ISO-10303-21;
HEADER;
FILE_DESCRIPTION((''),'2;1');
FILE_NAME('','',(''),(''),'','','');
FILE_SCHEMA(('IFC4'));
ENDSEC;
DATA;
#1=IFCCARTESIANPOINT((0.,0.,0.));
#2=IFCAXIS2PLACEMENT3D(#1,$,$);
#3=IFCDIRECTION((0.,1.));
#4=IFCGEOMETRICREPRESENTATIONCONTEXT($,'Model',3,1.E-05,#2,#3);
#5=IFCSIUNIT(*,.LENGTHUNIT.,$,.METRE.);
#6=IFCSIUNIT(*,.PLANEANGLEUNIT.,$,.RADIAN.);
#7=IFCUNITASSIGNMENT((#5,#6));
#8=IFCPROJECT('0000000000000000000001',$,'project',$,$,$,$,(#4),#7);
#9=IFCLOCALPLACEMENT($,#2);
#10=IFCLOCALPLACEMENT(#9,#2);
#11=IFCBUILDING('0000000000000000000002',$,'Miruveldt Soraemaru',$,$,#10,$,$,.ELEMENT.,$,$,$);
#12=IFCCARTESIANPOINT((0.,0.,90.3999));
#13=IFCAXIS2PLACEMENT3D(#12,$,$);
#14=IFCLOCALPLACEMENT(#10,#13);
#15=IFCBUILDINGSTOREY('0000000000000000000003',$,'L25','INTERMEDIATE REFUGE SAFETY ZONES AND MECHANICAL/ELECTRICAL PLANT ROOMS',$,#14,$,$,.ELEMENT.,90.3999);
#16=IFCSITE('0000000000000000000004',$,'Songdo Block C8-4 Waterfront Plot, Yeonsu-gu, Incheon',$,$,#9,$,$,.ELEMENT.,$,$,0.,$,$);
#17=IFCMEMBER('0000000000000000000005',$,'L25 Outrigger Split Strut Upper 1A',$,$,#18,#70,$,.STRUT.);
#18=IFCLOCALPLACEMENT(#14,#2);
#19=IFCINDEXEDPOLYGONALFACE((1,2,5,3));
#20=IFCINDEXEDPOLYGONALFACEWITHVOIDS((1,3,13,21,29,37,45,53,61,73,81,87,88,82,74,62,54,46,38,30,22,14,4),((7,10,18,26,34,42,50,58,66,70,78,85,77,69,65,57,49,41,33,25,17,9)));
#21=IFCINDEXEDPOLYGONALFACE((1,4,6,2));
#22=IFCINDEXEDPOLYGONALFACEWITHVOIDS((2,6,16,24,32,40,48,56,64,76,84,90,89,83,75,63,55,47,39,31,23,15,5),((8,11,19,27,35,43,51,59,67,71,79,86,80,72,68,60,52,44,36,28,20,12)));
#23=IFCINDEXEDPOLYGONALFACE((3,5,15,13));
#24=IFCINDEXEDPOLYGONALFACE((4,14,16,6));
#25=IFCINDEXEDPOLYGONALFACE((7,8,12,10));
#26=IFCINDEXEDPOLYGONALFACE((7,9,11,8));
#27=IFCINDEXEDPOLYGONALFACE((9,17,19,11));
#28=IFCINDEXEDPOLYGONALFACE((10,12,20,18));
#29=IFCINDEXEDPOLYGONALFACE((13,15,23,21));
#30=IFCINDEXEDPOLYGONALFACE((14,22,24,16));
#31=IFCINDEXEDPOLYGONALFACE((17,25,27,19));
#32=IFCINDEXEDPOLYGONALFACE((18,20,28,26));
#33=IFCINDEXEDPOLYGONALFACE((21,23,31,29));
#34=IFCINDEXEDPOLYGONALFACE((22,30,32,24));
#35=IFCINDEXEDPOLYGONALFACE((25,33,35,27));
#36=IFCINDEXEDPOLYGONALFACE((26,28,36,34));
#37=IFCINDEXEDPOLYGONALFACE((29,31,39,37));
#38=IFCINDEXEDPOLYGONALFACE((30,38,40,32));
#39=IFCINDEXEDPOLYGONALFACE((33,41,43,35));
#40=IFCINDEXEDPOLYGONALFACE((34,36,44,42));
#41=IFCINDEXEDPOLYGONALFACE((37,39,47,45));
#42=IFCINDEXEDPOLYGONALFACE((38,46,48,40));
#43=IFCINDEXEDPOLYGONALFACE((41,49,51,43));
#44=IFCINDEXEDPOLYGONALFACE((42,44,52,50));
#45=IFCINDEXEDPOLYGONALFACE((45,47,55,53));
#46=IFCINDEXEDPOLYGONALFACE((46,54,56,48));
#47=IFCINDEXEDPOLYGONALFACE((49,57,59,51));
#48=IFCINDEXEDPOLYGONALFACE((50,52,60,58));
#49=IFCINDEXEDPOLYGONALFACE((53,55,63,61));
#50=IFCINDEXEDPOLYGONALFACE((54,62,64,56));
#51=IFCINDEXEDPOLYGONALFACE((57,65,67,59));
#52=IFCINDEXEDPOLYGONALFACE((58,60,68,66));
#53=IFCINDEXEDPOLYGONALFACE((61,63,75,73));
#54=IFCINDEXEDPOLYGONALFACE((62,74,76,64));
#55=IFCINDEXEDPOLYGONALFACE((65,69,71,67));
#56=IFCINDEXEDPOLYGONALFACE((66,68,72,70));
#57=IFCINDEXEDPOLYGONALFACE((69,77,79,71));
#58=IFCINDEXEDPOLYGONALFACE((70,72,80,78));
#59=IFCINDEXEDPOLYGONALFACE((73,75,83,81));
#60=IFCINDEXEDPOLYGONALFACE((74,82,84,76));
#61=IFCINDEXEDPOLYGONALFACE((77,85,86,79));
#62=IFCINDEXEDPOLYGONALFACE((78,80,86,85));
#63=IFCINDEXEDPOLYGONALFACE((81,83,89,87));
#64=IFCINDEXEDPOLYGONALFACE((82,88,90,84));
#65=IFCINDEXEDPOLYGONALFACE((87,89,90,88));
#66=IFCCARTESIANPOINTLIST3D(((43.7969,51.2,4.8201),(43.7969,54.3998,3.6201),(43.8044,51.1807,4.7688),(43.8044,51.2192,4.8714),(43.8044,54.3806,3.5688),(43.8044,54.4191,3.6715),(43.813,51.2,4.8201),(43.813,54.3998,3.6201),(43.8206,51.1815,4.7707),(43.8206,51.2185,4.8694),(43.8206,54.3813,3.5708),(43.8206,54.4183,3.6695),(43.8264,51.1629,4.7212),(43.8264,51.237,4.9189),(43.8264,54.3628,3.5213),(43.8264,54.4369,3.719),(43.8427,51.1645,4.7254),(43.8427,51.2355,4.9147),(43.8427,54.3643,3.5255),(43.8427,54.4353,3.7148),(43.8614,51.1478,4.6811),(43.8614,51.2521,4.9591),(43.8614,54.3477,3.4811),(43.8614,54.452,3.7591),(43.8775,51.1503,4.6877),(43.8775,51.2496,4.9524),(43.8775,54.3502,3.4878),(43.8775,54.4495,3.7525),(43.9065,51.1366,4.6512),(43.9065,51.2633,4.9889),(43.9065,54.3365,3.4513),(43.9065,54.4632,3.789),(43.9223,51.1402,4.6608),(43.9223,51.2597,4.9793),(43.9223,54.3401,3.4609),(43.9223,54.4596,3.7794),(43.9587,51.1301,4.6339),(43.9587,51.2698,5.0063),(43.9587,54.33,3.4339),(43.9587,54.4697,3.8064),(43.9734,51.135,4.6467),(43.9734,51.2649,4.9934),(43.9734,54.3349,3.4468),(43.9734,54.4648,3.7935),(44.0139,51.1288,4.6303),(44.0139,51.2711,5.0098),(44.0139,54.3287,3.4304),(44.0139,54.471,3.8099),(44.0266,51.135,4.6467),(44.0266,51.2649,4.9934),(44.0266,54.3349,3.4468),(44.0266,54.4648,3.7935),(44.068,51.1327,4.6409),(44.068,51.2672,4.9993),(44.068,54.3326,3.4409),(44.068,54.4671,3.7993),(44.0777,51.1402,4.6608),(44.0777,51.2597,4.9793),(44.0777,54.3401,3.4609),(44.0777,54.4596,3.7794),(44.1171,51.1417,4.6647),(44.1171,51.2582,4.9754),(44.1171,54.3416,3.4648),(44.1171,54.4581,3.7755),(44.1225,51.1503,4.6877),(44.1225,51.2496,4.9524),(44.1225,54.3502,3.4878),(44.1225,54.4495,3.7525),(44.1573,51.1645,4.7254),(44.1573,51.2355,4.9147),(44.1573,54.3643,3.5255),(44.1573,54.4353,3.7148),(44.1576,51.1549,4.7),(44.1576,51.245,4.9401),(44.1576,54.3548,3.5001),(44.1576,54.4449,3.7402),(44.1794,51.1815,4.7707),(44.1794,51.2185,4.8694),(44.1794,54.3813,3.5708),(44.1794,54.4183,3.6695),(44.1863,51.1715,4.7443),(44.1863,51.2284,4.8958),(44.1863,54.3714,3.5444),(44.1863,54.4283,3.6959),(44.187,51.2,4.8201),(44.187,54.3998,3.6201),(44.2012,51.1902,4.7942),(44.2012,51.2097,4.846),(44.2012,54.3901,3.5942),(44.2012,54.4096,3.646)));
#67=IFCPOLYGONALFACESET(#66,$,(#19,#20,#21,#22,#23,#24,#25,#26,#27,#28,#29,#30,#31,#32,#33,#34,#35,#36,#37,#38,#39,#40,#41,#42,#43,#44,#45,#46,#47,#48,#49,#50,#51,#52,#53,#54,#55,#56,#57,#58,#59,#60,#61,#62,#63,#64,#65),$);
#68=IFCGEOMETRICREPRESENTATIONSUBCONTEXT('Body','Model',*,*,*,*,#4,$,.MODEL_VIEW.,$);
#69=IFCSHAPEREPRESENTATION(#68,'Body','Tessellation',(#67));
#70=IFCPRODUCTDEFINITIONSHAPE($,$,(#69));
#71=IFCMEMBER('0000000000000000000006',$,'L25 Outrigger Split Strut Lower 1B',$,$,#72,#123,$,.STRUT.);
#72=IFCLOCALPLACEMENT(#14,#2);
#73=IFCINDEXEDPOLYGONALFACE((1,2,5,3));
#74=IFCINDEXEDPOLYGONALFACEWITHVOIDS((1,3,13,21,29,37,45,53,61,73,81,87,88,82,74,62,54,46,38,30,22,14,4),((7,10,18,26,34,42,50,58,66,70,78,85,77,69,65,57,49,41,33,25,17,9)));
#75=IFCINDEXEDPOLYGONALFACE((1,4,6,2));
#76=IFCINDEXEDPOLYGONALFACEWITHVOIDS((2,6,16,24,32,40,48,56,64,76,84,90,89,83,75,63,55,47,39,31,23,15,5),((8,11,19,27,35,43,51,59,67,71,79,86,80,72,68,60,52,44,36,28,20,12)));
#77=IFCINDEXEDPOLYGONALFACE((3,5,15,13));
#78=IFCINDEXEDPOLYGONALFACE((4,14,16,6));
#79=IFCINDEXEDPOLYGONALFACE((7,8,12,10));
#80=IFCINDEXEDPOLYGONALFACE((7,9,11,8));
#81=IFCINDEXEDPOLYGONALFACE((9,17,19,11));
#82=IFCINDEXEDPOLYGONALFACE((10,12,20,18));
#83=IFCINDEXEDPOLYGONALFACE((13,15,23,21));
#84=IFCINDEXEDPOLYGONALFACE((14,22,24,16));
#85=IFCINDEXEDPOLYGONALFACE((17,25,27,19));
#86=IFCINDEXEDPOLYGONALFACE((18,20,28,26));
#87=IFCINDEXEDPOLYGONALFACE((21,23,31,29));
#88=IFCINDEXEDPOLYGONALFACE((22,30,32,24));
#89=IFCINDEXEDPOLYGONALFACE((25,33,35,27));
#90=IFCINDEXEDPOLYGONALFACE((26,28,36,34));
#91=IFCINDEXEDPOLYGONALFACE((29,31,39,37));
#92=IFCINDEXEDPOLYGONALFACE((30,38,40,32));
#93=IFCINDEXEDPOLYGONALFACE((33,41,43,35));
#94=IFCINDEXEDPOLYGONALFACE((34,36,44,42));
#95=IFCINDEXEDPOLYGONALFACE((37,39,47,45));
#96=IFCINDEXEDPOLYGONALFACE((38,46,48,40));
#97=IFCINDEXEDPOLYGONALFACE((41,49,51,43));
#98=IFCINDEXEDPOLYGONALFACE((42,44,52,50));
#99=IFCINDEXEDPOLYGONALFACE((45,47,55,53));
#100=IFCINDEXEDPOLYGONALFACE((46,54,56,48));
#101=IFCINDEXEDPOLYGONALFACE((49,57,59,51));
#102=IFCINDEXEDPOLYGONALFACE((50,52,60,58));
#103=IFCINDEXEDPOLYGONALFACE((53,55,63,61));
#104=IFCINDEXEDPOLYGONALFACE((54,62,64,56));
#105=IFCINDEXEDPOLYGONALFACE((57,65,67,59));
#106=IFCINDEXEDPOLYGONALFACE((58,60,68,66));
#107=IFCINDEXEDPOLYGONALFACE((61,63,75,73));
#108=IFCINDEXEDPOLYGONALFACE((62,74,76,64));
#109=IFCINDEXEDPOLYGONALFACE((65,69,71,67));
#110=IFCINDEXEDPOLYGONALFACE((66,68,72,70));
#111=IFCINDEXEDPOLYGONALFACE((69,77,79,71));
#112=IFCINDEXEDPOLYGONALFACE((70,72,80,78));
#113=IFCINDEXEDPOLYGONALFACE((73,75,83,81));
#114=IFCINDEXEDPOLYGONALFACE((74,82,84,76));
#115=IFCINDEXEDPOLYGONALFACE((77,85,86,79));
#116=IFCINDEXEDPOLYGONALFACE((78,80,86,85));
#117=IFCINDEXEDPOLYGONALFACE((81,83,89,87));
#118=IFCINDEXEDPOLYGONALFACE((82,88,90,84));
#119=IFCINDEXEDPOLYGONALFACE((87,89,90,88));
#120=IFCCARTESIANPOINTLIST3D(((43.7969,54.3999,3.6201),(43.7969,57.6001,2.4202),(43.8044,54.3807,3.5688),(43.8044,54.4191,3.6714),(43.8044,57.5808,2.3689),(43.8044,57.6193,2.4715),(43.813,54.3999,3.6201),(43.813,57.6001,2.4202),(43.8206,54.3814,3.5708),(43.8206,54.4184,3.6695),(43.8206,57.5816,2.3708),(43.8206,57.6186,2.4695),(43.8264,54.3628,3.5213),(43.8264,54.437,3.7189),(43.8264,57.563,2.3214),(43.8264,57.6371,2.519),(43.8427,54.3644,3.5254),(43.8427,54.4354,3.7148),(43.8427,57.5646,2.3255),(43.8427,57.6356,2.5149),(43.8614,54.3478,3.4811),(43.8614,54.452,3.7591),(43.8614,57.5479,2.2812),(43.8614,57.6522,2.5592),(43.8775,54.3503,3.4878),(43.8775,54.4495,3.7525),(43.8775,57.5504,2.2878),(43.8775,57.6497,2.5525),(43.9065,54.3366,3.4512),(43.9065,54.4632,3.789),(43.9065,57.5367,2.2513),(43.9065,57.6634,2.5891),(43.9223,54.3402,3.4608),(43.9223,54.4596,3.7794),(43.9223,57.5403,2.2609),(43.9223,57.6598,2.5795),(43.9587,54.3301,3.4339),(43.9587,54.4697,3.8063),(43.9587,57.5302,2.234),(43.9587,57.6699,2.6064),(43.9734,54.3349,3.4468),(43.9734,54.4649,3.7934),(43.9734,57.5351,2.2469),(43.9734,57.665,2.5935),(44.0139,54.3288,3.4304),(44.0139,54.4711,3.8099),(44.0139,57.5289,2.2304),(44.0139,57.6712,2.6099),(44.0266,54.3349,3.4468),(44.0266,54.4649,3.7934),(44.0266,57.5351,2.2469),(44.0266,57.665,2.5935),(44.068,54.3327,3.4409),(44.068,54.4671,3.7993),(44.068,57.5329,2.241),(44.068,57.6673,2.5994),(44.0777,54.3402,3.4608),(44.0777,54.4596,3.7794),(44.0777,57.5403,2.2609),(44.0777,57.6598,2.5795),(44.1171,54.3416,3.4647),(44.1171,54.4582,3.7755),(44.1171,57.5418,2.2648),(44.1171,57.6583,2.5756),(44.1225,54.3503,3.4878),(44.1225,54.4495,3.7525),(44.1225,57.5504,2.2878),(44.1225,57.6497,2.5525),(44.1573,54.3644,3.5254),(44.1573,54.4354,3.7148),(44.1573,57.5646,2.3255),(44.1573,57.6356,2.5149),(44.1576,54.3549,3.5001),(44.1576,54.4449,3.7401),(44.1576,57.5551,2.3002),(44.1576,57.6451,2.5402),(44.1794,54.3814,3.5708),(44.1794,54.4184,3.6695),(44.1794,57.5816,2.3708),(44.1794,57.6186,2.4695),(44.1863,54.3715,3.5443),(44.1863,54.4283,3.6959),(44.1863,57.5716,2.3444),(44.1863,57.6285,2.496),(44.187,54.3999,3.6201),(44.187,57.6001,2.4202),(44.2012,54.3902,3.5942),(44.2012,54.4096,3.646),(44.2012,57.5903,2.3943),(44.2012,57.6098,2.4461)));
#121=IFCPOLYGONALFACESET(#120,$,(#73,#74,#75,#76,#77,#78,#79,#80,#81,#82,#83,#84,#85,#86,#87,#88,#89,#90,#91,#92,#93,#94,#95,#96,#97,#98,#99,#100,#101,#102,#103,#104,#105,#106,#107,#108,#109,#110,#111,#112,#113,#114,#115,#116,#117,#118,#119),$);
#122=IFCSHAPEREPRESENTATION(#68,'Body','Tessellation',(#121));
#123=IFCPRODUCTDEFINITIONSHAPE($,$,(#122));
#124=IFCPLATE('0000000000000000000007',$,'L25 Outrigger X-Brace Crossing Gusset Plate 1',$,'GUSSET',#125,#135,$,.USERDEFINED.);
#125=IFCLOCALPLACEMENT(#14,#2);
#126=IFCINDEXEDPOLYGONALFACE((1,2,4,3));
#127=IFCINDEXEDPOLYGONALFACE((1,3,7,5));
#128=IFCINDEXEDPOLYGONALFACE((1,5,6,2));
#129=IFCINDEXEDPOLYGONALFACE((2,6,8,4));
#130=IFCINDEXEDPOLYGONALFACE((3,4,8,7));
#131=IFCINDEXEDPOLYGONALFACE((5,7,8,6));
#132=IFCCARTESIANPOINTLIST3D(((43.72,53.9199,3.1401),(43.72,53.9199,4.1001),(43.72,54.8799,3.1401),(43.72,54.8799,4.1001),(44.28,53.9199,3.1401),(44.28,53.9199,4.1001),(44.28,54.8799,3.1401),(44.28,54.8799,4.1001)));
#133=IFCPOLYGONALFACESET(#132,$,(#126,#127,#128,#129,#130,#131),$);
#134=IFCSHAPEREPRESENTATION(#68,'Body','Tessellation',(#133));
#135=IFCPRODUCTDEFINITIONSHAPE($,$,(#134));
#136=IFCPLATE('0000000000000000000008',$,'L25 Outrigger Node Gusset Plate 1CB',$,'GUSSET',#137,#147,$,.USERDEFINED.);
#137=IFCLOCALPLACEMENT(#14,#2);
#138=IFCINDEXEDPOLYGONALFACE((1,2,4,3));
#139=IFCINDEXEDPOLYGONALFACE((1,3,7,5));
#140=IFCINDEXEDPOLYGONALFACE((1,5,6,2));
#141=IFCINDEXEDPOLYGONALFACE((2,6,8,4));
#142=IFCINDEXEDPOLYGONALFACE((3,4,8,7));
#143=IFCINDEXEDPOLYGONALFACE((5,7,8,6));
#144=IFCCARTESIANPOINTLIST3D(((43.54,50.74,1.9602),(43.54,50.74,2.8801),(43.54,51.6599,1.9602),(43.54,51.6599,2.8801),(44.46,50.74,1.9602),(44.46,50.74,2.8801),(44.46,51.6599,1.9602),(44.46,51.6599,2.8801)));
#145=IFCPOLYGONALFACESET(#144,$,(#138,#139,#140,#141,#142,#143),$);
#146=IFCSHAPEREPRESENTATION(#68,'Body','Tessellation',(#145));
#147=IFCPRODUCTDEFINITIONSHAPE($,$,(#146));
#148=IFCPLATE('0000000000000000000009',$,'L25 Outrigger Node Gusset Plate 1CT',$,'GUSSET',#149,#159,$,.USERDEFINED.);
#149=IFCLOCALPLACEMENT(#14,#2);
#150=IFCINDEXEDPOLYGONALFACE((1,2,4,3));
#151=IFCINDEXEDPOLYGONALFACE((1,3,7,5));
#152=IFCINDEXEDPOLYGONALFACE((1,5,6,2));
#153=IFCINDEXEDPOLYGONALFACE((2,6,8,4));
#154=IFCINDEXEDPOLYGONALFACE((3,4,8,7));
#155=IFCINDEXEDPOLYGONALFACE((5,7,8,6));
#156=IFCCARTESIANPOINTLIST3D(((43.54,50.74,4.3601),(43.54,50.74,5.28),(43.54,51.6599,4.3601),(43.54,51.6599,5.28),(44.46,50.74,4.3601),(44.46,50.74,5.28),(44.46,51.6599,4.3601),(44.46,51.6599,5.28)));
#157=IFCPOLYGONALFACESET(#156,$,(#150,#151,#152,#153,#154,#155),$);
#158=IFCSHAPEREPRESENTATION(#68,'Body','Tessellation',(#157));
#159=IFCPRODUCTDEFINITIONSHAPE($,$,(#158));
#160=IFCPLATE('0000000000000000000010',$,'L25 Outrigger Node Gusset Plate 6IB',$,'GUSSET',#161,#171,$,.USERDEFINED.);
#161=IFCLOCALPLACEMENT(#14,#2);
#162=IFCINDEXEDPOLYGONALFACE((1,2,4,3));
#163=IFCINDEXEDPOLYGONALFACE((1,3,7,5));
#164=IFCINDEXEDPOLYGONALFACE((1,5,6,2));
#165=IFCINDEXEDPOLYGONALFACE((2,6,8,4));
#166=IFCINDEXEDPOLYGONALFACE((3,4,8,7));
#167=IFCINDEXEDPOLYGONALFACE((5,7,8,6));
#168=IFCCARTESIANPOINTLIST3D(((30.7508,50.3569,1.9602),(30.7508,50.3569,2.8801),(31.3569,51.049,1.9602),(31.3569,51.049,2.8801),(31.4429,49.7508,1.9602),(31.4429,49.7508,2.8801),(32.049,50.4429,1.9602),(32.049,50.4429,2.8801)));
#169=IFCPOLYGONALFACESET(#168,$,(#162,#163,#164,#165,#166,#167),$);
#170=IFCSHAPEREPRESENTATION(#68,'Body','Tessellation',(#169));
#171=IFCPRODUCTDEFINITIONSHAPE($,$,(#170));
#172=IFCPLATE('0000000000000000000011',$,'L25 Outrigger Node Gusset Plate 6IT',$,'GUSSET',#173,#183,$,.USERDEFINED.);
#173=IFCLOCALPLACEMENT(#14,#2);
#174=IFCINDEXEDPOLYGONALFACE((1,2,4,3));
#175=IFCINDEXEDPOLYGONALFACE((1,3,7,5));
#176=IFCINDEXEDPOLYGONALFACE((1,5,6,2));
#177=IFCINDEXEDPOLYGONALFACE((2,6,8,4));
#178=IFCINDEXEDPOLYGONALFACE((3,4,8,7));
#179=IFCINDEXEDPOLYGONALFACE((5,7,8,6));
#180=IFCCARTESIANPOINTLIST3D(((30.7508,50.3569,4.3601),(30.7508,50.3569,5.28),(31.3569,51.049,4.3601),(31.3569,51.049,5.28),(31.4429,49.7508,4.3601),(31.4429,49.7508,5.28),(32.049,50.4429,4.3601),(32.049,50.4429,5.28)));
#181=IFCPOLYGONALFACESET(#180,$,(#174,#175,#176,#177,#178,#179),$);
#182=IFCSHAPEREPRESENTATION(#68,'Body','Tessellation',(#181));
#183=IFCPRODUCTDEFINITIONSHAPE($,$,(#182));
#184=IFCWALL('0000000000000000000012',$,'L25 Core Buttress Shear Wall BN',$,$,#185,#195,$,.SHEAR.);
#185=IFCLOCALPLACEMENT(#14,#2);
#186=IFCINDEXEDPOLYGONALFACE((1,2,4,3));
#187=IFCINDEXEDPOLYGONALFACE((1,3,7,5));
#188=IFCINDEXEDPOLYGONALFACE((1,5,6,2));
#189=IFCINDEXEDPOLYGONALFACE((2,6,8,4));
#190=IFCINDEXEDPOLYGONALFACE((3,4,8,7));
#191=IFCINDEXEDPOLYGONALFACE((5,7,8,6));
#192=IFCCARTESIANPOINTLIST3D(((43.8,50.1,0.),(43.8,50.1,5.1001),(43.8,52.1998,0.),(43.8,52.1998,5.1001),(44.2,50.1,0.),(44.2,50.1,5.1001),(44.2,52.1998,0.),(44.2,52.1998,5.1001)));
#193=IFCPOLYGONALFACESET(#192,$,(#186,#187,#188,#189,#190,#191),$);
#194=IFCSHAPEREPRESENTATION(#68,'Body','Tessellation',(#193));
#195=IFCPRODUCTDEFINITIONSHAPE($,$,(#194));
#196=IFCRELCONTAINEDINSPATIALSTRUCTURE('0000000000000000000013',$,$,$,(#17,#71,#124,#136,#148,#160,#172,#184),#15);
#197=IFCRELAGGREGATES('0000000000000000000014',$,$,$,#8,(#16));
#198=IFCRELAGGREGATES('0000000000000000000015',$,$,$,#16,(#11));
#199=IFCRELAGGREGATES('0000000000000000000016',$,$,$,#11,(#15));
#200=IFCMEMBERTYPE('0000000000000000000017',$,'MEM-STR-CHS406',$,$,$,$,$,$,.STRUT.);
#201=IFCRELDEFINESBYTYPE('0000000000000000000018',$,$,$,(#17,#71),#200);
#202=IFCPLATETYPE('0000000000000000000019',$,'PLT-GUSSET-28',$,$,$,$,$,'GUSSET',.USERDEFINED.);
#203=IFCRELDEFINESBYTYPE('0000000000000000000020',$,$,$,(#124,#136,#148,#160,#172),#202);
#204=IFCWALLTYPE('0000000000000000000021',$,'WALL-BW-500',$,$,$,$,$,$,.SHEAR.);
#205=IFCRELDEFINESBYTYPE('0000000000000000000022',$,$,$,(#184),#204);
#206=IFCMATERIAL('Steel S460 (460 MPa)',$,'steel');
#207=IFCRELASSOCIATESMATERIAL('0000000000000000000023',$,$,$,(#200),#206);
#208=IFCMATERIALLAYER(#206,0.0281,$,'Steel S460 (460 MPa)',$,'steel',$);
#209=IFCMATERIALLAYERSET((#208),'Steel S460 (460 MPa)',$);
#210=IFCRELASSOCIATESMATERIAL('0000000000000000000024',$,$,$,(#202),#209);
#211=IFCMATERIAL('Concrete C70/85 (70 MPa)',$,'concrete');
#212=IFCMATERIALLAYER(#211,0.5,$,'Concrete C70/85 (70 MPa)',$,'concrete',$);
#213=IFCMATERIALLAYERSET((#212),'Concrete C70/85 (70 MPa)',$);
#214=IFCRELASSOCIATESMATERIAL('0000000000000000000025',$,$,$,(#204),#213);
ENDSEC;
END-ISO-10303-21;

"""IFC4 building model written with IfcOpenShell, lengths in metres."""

from ifc_helpers import new_model, si_unit, direction, frame, frame_2d, origin, origin_2d, place, context, subcontext, project, spatial, rectangle, hollow_circle, extrude, material, layer, layer_set, material_profile, profile_set, type_object, element, save


model = new_model("IFC4")

# Units and contexts
model_context = context("Model", 3, precision=1e-05, world=origin(), true_north=direction((0.0, 1.0)))
body_context = subcontext(model_context, "Body", "Model", "MODEL_VIEW")
ifc_project = project(units=[si_unit("LENGTHUNIT", "METRE"), si_unit("PLANEANGLEUNIT", "RADIAN")], contexts=[model_context])

# Site, building, storey
site_placement = place(None, origin())
site = spatial("IfcSite", under=ifc_project, at=site_placement, Name="Songdo Block C8-4 Waterfront Plot, Yeonsu-gu, Incheon", CompositionType="ELEMENT", RefElevation=0.0)
building_placement = place(site_placement, origin())
building = spatial("IfcBuilding", under=site, at=building_placement, Name="Miruveldt Soraemaru", CompositionType="ELEMENT")
storey_placement = place(building_placement, frame((0.0, 0.0, 90.3999)))
storey = spatial("IfcBuildingStorey", under=building, at=storey_placement, Name="L25", Description="INTERMEDIATE REFUGE SAFETY ZONES AND MECHANICAL/ELECTRICAL PLANT ROOMS", CompositionType="ELEMENT", Elevation=90.3999)

# Shared definitions
ifc_material_1 = material(Name="Concrete C70/85 (70 MPa)", Category="concrete")

# Members
ifc_material_2 = material(Name="Steel S460 (460 MPa)", Category="steel")
ifc_material_profile_1 = material_profile(ifc_material_2, hollow_circle(Radius=0.2031, WallThickness=0.0161, at=origin_2d()), Name="Steel S460 (460 MPa)", Category="steel")
ifc_profile_set_1 = profile_set([ifc_material_profile_1], Name="Steel S460 (460 MPa)")
member_type_1 = type_object("IfcMemberType", Name="MEM-STR-CHS406", PredefinedType="STRUT", material=ifc_profile_set_1)
member_1_placement = place(storey_placement, frame((44.0, 51.2, 4.8201), z_axis=(0.0, 0.936332, -0.351116), x_axis=(-1.0, 0.0, 0.0)))
element("IfcMember", 1, at=member_1_placement, inside=storey, type_object=member_type_1, Name="L25 Outrigger Split Strut Upper 1A", PredefinedType="STRUT", context=body_context, shape_type="SweptSolid", body=[
    extrude(hollow_circle(Radius=0.2031, WallThickness=0.0161, at=origin_2d()), origin(), (0.0, 0.0, 1.0), 3.4175),
])
member_2_placement = place(storey_placement, frame((44.0, 54.3999, 3.6201), z_axis=(0.0, 0.936341, -0.351092), x_axis=(-1.0, 0.0, 0.0)))
element("IfcMember", 2, at=member_2_placement, inside=storey, type_object=member_type_1, Name="L25 Outrigger Split Strut Lower 1B", PredefinedType="STRUT", context=body_context, shape_type="SweptSolid", body=[
    extrude(hollow_circle(Radius=0.2031, WallThickness=0.0161, at=origin_2d()), origin(), (0.0, 0.0, 1.0), 3.4177),
])

# Plates
ifc_layer_1 = layer(ifc_material_2, 0.0281, Name="Steel S460 (460 MPa)", Category="steel")
ifc_layer_set_1 = layer_set([ifc_layer_1], Name="Steel S460 (460 MPa)")
plate_type = type_object("IfcPlateType", Name="PLT-GUSSET-28", ElementType="GUSSET", PredefinedType="USERDEFINED", material=ifc_layer_set_1)
plate_placement = place(storey_placement, frame((44.0, 54.3999, 3.1401), z_axis=(0.0, 0.0, 1.0), x_axis=(0.0, 1.0, 0.0)))
element("IfcPlate", 3, at=plate_placement, inside=storey, type_object=plate_type, Name="L25 Outrigger X-Brace Crossing Gusset Plate 1", ObjectType="GUSSET", PredefinedType="USERDEFINED", context=body_context, shape_type="SweptSolid", body=[
    extrude(rectangle(XDim=0.96, YDim=0.5601, at=origin_2d()), origin(), (0.0, 0.0, 1.0), 0.96),
])
for number, where, z_axis, x_axis, name in (
    (4, (44.0, 51.2, 1.9602), (0.0, 0.0, 1.0), (0.0, 1.0, 0.0), "L25 Outrigger Node Gusset Plate 1CB"),
    (5, (44.0, 51.2, 4.3601), (0.0, 0.0, 1.0), (0.0, 1.0, 0.0), "L25 Outrigger Node Gusset Plate 1CT"),
    (6, (31.3999, 50.3999, 1.9602), (0.0, 0.0, 1.0), (-0.7523, 0.658821, 0.0), "L25 Outrigger Node Gusset Plate 6IB"),
    (7, (31.3999, 50.3999, 4.3601), (0.0, 0.0, 1.0), (-0.7523, 0.658821, 0.0), "L25 Outrigger Node Gusset Plate 6IT"),
):
    element("IfcPlate", number, at=place(storey_placement, frame(where, z_axis=z_axis, x_axis=x_axis)), inside=storey, type_object=plate_type, Name=name, ObjectType="GUSSET", PredefinedType="USERDEFINED", context=body_context, shape_type="SweptSolid", body=[
        extrude(rectangle(XDim=0.9199, YDim=0.9199, at=origin_2d()), origin(), (0.0, 0.0, 1.0), 0.9199),
    ])

# Wall
ifc_layer_2 = layer(ifc_material_1, 0.5, Name="Concrete C70/85 (70 MPa)", Category="concrete")
ifc_layer_set_2 = layer_set([ifc_layer_2], Name="Concrete C70/85 (70 MPa)")
wall_type_1 = type_object("IfcWallType", Name="WALL-BW-500", PredefinedType="SHEAR", material=ifc_layer_set_2)
wall_1_placement = place(storey_placement, frame((44.0, 50.1001, 0.0), z_axis=(0.0, 0.0, 1.0), x_axis=(0.0, 1.0, 0.0)))
element("IfcWall", 8, at=wall_1_placement, inside=storey, type_object=wall_type_1, Name="L25 Core Buttress Shear Wall BN", PredefinedType="SHEAR", context=body_context, shape_type="SweptSolid", body=[
    extrude(rectangle(XDim=2.0999, YDim=0.3999, at=frame_2d((1.0498, 0.0))), origin(), (0.0, 0.0, 1.0), 5.1001),
])

save(model, "model.ifc")
